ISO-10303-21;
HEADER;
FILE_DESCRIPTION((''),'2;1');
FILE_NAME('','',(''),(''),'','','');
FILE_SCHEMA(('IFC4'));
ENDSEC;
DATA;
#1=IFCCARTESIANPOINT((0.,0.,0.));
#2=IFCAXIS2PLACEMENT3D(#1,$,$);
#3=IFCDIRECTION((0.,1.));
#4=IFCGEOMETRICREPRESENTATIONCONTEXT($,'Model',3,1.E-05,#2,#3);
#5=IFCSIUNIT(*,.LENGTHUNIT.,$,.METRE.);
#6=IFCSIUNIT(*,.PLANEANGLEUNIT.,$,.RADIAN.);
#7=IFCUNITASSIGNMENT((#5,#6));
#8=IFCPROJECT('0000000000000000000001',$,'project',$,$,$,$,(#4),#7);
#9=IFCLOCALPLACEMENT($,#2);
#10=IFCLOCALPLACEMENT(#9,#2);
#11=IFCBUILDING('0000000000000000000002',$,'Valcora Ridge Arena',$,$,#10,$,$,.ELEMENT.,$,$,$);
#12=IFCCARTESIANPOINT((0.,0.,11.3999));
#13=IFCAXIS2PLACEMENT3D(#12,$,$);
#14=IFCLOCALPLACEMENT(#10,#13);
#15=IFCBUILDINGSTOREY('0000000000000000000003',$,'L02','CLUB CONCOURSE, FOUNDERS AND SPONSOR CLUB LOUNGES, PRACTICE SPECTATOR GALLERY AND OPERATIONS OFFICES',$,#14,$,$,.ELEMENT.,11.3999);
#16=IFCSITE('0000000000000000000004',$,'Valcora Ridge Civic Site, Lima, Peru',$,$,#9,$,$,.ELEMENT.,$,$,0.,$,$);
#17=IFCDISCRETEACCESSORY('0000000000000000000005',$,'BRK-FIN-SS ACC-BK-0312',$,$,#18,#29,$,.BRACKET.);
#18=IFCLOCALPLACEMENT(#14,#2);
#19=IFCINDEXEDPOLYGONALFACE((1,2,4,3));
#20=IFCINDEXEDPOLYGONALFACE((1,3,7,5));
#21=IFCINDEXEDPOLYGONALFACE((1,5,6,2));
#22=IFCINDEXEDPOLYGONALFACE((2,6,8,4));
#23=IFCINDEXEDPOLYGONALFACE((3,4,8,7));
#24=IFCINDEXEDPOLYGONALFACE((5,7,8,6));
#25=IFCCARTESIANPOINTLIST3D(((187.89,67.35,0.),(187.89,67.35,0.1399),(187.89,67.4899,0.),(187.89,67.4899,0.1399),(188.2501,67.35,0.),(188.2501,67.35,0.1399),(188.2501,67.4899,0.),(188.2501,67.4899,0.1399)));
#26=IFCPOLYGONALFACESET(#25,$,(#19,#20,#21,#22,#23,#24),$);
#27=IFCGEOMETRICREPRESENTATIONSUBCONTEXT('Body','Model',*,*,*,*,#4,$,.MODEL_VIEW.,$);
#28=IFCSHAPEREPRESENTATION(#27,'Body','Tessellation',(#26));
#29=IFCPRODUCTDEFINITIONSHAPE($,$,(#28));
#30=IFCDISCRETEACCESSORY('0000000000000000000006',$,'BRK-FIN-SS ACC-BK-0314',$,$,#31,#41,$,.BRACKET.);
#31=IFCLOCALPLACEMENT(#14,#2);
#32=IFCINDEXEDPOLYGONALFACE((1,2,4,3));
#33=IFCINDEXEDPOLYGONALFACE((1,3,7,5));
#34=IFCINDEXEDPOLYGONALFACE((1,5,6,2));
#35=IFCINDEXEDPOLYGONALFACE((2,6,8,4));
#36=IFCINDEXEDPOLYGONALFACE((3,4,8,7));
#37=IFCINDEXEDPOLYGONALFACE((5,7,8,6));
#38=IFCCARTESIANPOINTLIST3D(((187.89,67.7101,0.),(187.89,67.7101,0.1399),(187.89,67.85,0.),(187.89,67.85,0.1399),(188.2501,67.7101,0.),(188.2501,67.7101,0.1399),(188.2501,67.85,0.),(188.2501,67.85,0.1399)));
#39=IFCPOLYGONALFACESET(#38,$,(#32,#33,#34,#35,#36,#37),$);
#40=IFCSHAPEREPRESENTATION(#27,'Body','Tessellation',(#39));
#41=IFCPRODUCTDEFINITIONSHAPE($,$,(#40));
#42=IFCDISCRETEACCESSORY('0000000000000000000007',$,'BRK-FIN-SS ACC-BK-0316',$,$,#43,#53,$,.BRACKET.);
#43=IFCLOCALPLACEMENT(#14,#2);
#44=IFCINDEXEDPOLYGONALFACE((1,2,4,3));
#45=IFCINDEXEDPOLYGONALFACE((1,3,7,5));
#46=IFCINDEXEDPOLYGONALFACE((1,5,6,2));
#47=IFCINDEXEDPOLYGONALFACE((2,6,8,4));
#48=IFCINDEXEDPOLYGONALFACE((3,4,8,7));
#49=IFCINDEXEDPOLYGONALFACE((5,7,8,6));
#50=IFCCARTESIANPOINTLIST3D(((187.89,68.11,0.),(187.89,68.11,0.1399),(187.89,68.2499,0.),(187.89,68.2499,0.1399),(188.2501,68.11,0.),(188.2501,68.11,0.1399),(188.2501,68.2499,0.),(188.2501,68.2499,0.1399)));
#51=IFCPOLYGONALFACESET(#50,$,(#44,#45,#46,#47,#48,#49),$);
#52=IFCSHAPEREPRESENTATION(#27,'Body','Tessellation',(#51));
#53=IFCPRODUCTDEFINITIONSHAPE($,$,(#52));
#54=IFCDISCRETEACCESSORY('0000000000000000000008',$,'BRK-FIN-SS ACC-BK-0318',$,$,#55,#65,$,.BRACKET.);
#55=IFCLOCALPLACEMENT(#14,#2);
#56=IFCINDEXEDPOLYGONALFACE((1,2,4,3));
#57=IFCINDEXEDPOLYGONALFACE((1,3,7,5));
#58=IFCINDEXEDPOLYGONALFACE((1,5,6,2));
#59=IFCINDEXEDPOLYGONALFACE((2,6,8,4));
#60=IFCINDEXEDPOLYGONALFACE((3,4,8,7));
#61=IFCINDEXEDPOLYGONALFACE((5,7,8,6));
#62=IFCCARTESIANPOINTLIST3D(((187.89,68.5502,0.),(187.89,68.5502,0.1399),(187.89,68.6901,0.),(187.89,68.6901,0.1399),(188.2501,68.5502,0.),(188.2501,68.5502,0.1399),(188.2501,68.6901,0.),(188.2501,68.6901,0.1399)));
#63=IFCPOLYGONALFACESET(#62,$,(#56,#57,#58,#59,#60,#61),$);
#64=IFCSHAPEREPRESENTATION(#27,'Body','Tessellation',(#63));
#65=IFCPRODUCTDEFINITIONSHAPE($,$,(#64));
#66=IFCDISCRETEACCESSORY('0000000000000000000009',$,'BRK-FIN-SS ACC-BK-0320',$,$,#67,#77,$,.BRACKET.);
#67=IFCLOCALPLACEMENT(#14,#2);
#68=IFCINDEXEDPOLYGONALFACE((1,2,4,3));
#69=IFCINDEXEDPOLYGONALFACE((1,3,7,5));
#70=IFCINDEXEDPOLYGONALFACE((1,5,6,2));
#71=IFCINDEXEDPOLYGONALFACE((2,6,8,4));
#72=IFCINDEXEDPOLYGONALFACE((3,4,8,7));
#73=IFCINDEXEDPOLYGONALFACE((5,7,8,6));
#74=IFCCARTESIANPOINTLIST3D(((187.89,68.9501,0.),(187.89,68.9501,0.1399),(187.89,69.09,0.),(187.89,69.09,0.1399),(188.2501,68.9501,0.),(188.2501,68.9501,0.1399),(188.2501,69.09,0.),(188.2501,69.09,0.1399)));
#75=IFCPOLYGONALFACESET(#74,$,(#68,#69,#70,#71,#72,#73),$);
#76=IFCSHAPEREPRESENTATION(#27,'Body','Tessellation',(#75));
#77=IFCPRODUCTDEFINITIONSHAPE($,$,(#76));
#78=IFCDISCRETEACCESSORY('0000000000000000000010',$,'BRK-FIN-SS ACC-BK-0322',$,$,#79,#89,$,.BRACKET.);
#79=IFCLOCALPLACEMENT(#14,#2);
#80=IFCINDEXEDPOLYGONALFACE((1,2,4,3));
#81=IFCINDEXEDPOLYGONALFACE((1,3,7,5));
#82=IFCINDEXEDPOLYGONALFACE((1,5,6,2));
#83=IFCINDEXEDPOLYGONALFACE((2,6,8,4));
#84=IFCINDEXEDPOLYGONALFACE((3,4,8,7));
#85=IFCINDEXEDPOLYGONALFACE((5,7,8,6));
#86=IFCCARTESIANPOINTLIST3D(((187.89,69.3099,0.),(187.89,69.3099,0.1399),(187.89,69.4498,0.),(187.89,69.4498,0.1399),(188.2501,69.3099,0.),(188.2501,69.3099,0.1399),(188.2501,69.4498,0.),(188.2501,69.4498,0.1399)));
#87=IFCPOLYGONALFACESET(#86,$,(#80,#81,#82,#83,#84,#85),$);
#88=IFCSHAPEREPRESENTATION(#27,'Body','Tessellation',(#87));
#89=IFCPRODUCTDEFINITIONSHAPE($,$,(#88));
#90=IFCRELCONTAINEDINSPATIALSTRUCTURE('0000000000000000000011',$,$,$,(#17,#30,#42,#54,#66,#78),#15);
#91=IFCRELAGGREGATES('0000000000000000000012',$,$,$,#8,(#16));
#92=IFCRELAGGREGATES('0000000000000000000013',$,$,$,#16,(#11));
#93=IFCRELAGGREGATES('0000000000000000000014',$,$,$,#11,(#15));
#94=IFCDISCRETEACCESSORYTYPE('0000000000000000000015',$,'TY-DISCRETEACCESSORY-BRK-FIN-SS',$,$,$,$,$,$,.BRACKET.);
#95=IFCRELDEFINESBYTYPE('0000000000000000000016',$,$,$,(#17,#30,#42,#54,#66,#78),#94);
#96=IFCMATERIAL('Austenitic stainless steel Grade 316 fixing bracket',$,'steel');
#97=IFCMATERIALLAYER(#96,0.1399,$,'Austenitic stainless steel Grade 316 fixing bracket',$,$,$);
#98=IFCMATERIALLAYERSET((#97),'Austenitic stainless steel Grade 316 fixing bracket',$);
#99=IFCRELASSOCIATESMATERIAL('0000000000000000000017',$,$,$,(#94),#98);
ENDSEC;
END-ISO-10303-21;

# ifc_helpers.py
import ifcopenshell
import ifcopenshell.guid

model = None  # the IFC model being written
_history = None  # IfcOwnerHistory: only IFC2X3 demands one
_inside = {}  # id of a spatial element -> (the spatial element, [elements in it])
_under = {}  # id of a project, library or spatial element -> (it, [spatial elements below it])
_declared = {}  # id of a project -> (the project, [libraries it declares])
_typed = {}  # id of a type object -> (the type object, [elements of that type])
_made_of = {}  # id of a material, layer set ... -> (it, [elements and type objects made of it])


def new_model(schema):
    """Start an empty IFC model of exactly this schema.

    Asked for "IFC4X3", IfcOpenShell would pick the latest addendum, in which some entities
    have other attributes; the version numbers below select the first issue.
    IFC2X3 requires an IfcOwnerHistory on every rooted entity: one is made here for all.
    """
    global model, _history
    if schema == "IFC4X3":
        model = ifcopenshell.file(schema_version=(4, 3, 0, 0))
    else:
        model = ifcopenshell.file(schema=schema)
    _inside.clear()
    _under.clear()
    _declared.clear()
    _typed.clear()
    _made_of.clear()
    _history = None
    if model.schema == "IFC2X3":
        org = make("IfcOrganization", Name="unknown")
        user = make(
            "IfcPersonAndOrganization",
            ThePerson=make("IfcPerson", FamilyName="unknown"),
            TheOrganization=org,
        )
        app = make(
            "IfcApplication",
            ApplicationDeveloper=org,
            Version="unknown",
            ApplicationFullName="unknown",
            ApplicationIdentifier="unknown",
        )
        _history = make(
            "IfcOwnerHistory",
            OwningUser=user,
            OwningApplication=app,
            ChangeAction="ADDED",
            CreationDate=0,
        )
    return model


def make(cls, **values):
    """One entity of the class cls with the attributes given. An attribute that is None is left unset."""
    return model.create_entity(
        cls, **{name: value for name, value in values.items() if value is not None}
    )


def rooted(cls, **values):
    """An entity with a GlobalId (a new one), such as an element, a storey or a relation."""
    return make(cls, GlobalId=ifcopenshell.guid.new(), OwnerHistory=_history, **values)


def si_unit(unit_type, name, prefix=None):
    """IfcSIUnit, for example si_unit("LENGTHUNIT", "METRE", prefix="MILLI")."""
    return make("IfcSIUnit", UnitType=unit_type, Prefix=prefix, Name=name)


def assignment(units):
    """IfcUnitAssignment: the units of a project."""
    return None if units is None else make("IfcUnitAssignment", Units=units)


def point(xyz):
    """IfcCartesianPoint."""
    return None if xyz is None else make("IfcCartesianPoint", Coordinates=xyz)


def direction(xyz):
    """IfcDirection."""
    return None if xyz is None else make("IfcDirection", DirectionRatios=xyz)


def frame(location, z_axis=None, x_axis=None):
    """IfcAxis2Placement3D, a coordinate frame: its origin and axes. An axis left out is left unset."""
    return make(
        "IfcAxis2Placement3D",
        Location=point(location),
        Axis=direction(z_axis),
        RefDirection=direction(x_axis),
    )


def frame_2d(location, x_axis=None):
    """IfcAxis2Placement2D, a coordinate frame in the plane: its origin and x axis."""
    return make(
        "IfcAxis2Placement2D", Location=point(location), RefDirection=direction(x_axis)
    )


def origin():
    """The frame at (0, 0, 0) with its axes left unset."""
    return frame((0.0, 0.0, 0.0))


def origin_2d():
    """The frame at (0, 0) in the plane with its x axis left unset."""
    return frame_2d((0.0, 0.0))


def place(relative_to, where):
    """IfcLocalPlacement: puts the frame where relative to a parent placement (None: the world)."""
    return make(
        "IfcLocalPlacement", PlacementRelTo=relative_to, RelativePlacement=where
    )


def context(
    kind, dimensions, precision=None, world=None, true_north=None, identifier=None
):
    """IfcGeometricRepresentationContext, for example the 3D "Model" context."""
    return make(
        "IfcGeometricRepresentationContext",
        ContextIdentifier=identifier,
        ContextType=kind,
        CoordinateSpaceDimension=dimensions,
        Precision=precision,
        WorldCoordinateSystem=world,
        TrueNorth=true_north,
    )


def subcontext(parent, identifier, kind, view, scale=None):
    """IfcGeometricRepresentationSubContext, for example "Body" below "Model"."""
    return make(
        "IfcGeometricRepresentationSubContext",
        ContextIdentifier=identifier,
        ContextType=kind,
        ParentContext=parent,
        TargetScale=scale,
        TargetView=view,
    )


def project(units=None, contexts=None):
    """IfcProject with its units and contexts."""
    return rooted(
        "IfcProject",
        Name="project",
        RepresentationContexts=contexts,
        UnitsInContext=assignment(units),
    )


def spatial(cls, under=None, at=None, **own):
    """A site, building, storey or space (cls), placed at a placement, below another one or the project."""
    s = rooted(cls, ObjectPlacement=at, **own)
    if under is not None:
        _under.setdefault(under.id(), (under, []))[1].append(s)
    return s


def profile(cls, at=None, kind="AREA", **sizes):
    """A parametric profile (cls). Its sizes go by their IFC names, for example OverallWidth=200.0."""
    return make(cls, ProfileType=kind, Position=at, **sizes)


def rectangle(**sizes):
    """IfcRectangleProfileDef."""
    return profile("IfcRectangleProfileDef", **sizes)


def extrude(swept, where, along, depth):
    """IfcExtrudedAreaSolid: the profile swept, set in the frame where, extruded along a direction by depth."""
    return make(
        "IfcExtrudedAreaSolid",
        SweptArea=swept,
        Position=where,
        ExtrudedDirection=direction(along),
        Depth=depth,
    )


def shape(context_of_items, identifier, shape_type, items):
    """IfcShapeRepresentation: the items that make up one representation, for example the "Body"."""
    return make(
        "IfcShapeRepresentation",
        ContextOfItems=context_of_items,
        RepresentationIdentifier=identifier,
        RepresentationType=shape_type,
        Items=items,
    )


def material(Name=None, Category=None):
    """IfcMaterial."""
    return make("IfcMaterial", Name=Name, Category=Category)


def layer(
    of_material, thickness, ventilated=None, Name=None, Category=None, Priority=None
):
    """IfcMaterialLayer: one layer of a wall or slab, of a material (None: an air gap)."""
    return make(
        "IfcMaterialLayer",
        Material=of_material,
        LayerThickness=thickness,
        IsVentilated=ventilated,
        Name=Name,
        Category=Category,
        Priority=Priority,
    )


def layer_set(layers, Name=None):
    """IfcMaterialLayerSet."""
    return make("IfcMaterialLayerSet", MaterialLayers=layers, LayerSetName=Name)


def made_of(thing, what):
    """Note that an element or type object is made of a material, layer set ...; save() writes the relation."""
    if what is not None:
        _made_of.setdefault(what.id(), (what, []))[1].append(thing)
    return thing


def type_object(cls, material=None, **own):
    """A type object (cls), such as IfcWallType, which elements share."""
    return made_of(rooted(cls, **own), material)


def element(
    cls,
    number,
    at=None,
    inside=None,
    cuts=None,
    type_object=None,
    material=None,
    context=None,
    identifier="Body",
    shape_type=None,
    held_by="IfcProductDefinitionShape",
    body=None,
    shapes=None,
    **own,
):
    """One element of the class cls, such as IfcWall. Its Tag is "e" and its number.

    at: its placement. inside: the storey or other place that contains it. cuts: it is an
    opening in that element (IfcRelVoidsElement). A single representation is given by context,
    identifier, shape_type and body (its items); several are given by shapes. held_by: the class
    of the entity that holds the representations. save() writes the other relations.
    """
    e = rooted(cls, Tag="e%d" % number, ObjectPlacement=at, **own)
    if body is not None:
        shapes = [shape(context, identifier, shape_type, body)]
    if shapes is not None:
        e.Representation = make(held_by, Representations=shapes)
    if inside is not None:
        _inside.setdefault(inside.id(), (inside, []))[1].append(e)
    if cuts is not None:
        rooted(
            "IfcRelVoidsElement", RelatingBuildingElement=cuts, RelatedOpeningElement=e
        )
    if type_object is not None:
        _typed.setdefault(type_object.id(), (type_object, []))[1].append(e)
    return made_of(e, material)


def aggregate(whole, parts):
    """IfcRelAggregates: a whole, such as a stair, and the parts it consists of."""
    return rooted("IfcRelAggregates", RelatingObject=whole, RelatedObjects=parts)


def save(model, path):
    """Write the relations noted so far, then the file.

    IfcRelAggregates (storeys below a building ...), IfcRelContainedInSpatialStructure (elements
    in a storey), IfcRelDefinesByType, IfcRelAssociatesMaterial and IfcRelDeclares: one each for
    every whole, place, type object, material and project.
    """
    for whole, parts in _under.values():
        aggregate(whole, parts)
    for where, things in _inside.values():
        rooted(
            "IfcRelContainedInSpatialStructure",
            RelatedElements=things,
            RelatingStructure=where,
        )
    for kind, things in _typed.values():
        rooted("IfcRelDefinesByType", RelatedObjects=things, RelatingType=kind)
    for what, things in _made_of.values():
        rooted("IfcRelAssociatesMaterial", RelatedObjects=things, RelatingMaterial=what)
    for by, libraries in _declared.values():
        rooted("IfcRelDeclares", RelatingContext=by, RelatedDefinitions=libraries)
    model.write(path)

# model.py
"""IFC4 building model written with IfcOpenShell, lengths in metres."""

from ifc_helpers import new_model, si_unit, direction, frame, origin, origin_2d, place, context, subcontext, project, spatial, rectangle, extrude, material, layer, layer_set, type_object, element, save


model = new_model("IFC4")

# Units and contexts
model_context = context("Model", 3, precision=1e-05, world=origin(), true_north=direction((0.0, 1.0)))
body_context = subcontext(model_context, "Body", "Model", "MODEL_VIEW")
ifc_project = project(units=[si_unit("LENGTHUNIT", "METRE"), si_unit("PLANEANGLEUNIT", "RADIAN")], contexts=[model_context])

# Site, building, storey
site_placement = place(None, origin())
site = spatial("IfcSite", under=ifc_project, at=site_placement, Name="Valcora Ridge Civic Site, Lima, Peru", CompositionType="ELEMENT", RefElevation=0.0)
building_placement = place(site_placement, origin())
building = spatial("IfcBuilding", under=site, at=building_placement, Name="Valcora Ridge Arena", CompositionType="ELEMENT")
storey_placement = place(building_placement, frame((0.0, 0.0, 11.3999)))
storey = spatial("IfcBuildingStorey", under=building, at=storey_placement, Name="L02", Description="CLUB CONCOURSE, FOUNDERS AND SPONSOR CLUB LOUNGES, PRACTICE SPECTATOR GALLERY AND OPERATIONS OFFICES", CompositionType="ELEMENT", Elevation=11.3999)

# Discrete accessories
ifc_material_1 = material(Name="Austenitic stainless steel Grade 316 fixing bracket", Category="steel")
ifc_layer_1 = layer(ifc_material_1, 0.1399, Name="Austenitic stainless steel Grade 316 fixing bracket")
ifc_layer_set_1 = layer_set([ifc_layer_1], Name="Austenitic stainless steel Grade 316 fixing bracket")
discrete_accessory_type = type_object("IfcDiscreteAccessoryType", Name="TY-DISCRETEACCESSORY-BRK-FIN-SS", PredefinedType="BRACKET", material=ifc_layer_set_1)
for number, where, z_axis, x_axis, name in (
    (1, (188.0701, 67.4199, 0.0), (0.0, 0.0, 1.0), (1.0, 0.0, 0.0), "BRK-FIN-SS ACC-BK-0312"),
    (2, (188.0701, 67.78, 0.0), (0.0, 0.0, 1.0), (1.0, 0.0, 0.0), "BRK-FIN-SS ACC-BK-0314"),
    (3, (188.0701, 68.1799, 0.0), (0.0, 0.0, 1.0), (1.0, 0.0, 0.0), "BRK-FIN-SS ACC-BK-0316"),
    (4, (188.0701, 68.6201, 0.0), (0.0, 0.0, 1.0), (1.0, 0.0, 0.0), "BRK-FIN-SS ACC-BK-0318"),
    (5, (188.0701, 69.02, 0.0), (0.0, 0.0, 1.0), (1.0, 0.0, 0.0), "BRK-FIN-SS ACC-BK-0320"),
    (6, (188.0701, 69.3799, 0.0), (0.0, 0.0, 1.0), (1.0, 0.0, 0.0), "BRK-FIN-SS ACC-BK-0322"),
):
    element("IfcDiscreteAccessory", number, at=place(storey_placement, frame(where, z_axis=z_axis, x_axis=x_axis)), inside=storey, type_object=discrete_accessory_type, Name=name, PredefinedType="BRACKET", context=body_context, shape_type="SweptSolid", body=[
        extrude(rectangle(XDim=0.3601, YDim=0.1399, at=origin_2d()), origin(), (0.0, 0.0, 1.0), 0.1399),
    ])

save(model, "model.ifc")
